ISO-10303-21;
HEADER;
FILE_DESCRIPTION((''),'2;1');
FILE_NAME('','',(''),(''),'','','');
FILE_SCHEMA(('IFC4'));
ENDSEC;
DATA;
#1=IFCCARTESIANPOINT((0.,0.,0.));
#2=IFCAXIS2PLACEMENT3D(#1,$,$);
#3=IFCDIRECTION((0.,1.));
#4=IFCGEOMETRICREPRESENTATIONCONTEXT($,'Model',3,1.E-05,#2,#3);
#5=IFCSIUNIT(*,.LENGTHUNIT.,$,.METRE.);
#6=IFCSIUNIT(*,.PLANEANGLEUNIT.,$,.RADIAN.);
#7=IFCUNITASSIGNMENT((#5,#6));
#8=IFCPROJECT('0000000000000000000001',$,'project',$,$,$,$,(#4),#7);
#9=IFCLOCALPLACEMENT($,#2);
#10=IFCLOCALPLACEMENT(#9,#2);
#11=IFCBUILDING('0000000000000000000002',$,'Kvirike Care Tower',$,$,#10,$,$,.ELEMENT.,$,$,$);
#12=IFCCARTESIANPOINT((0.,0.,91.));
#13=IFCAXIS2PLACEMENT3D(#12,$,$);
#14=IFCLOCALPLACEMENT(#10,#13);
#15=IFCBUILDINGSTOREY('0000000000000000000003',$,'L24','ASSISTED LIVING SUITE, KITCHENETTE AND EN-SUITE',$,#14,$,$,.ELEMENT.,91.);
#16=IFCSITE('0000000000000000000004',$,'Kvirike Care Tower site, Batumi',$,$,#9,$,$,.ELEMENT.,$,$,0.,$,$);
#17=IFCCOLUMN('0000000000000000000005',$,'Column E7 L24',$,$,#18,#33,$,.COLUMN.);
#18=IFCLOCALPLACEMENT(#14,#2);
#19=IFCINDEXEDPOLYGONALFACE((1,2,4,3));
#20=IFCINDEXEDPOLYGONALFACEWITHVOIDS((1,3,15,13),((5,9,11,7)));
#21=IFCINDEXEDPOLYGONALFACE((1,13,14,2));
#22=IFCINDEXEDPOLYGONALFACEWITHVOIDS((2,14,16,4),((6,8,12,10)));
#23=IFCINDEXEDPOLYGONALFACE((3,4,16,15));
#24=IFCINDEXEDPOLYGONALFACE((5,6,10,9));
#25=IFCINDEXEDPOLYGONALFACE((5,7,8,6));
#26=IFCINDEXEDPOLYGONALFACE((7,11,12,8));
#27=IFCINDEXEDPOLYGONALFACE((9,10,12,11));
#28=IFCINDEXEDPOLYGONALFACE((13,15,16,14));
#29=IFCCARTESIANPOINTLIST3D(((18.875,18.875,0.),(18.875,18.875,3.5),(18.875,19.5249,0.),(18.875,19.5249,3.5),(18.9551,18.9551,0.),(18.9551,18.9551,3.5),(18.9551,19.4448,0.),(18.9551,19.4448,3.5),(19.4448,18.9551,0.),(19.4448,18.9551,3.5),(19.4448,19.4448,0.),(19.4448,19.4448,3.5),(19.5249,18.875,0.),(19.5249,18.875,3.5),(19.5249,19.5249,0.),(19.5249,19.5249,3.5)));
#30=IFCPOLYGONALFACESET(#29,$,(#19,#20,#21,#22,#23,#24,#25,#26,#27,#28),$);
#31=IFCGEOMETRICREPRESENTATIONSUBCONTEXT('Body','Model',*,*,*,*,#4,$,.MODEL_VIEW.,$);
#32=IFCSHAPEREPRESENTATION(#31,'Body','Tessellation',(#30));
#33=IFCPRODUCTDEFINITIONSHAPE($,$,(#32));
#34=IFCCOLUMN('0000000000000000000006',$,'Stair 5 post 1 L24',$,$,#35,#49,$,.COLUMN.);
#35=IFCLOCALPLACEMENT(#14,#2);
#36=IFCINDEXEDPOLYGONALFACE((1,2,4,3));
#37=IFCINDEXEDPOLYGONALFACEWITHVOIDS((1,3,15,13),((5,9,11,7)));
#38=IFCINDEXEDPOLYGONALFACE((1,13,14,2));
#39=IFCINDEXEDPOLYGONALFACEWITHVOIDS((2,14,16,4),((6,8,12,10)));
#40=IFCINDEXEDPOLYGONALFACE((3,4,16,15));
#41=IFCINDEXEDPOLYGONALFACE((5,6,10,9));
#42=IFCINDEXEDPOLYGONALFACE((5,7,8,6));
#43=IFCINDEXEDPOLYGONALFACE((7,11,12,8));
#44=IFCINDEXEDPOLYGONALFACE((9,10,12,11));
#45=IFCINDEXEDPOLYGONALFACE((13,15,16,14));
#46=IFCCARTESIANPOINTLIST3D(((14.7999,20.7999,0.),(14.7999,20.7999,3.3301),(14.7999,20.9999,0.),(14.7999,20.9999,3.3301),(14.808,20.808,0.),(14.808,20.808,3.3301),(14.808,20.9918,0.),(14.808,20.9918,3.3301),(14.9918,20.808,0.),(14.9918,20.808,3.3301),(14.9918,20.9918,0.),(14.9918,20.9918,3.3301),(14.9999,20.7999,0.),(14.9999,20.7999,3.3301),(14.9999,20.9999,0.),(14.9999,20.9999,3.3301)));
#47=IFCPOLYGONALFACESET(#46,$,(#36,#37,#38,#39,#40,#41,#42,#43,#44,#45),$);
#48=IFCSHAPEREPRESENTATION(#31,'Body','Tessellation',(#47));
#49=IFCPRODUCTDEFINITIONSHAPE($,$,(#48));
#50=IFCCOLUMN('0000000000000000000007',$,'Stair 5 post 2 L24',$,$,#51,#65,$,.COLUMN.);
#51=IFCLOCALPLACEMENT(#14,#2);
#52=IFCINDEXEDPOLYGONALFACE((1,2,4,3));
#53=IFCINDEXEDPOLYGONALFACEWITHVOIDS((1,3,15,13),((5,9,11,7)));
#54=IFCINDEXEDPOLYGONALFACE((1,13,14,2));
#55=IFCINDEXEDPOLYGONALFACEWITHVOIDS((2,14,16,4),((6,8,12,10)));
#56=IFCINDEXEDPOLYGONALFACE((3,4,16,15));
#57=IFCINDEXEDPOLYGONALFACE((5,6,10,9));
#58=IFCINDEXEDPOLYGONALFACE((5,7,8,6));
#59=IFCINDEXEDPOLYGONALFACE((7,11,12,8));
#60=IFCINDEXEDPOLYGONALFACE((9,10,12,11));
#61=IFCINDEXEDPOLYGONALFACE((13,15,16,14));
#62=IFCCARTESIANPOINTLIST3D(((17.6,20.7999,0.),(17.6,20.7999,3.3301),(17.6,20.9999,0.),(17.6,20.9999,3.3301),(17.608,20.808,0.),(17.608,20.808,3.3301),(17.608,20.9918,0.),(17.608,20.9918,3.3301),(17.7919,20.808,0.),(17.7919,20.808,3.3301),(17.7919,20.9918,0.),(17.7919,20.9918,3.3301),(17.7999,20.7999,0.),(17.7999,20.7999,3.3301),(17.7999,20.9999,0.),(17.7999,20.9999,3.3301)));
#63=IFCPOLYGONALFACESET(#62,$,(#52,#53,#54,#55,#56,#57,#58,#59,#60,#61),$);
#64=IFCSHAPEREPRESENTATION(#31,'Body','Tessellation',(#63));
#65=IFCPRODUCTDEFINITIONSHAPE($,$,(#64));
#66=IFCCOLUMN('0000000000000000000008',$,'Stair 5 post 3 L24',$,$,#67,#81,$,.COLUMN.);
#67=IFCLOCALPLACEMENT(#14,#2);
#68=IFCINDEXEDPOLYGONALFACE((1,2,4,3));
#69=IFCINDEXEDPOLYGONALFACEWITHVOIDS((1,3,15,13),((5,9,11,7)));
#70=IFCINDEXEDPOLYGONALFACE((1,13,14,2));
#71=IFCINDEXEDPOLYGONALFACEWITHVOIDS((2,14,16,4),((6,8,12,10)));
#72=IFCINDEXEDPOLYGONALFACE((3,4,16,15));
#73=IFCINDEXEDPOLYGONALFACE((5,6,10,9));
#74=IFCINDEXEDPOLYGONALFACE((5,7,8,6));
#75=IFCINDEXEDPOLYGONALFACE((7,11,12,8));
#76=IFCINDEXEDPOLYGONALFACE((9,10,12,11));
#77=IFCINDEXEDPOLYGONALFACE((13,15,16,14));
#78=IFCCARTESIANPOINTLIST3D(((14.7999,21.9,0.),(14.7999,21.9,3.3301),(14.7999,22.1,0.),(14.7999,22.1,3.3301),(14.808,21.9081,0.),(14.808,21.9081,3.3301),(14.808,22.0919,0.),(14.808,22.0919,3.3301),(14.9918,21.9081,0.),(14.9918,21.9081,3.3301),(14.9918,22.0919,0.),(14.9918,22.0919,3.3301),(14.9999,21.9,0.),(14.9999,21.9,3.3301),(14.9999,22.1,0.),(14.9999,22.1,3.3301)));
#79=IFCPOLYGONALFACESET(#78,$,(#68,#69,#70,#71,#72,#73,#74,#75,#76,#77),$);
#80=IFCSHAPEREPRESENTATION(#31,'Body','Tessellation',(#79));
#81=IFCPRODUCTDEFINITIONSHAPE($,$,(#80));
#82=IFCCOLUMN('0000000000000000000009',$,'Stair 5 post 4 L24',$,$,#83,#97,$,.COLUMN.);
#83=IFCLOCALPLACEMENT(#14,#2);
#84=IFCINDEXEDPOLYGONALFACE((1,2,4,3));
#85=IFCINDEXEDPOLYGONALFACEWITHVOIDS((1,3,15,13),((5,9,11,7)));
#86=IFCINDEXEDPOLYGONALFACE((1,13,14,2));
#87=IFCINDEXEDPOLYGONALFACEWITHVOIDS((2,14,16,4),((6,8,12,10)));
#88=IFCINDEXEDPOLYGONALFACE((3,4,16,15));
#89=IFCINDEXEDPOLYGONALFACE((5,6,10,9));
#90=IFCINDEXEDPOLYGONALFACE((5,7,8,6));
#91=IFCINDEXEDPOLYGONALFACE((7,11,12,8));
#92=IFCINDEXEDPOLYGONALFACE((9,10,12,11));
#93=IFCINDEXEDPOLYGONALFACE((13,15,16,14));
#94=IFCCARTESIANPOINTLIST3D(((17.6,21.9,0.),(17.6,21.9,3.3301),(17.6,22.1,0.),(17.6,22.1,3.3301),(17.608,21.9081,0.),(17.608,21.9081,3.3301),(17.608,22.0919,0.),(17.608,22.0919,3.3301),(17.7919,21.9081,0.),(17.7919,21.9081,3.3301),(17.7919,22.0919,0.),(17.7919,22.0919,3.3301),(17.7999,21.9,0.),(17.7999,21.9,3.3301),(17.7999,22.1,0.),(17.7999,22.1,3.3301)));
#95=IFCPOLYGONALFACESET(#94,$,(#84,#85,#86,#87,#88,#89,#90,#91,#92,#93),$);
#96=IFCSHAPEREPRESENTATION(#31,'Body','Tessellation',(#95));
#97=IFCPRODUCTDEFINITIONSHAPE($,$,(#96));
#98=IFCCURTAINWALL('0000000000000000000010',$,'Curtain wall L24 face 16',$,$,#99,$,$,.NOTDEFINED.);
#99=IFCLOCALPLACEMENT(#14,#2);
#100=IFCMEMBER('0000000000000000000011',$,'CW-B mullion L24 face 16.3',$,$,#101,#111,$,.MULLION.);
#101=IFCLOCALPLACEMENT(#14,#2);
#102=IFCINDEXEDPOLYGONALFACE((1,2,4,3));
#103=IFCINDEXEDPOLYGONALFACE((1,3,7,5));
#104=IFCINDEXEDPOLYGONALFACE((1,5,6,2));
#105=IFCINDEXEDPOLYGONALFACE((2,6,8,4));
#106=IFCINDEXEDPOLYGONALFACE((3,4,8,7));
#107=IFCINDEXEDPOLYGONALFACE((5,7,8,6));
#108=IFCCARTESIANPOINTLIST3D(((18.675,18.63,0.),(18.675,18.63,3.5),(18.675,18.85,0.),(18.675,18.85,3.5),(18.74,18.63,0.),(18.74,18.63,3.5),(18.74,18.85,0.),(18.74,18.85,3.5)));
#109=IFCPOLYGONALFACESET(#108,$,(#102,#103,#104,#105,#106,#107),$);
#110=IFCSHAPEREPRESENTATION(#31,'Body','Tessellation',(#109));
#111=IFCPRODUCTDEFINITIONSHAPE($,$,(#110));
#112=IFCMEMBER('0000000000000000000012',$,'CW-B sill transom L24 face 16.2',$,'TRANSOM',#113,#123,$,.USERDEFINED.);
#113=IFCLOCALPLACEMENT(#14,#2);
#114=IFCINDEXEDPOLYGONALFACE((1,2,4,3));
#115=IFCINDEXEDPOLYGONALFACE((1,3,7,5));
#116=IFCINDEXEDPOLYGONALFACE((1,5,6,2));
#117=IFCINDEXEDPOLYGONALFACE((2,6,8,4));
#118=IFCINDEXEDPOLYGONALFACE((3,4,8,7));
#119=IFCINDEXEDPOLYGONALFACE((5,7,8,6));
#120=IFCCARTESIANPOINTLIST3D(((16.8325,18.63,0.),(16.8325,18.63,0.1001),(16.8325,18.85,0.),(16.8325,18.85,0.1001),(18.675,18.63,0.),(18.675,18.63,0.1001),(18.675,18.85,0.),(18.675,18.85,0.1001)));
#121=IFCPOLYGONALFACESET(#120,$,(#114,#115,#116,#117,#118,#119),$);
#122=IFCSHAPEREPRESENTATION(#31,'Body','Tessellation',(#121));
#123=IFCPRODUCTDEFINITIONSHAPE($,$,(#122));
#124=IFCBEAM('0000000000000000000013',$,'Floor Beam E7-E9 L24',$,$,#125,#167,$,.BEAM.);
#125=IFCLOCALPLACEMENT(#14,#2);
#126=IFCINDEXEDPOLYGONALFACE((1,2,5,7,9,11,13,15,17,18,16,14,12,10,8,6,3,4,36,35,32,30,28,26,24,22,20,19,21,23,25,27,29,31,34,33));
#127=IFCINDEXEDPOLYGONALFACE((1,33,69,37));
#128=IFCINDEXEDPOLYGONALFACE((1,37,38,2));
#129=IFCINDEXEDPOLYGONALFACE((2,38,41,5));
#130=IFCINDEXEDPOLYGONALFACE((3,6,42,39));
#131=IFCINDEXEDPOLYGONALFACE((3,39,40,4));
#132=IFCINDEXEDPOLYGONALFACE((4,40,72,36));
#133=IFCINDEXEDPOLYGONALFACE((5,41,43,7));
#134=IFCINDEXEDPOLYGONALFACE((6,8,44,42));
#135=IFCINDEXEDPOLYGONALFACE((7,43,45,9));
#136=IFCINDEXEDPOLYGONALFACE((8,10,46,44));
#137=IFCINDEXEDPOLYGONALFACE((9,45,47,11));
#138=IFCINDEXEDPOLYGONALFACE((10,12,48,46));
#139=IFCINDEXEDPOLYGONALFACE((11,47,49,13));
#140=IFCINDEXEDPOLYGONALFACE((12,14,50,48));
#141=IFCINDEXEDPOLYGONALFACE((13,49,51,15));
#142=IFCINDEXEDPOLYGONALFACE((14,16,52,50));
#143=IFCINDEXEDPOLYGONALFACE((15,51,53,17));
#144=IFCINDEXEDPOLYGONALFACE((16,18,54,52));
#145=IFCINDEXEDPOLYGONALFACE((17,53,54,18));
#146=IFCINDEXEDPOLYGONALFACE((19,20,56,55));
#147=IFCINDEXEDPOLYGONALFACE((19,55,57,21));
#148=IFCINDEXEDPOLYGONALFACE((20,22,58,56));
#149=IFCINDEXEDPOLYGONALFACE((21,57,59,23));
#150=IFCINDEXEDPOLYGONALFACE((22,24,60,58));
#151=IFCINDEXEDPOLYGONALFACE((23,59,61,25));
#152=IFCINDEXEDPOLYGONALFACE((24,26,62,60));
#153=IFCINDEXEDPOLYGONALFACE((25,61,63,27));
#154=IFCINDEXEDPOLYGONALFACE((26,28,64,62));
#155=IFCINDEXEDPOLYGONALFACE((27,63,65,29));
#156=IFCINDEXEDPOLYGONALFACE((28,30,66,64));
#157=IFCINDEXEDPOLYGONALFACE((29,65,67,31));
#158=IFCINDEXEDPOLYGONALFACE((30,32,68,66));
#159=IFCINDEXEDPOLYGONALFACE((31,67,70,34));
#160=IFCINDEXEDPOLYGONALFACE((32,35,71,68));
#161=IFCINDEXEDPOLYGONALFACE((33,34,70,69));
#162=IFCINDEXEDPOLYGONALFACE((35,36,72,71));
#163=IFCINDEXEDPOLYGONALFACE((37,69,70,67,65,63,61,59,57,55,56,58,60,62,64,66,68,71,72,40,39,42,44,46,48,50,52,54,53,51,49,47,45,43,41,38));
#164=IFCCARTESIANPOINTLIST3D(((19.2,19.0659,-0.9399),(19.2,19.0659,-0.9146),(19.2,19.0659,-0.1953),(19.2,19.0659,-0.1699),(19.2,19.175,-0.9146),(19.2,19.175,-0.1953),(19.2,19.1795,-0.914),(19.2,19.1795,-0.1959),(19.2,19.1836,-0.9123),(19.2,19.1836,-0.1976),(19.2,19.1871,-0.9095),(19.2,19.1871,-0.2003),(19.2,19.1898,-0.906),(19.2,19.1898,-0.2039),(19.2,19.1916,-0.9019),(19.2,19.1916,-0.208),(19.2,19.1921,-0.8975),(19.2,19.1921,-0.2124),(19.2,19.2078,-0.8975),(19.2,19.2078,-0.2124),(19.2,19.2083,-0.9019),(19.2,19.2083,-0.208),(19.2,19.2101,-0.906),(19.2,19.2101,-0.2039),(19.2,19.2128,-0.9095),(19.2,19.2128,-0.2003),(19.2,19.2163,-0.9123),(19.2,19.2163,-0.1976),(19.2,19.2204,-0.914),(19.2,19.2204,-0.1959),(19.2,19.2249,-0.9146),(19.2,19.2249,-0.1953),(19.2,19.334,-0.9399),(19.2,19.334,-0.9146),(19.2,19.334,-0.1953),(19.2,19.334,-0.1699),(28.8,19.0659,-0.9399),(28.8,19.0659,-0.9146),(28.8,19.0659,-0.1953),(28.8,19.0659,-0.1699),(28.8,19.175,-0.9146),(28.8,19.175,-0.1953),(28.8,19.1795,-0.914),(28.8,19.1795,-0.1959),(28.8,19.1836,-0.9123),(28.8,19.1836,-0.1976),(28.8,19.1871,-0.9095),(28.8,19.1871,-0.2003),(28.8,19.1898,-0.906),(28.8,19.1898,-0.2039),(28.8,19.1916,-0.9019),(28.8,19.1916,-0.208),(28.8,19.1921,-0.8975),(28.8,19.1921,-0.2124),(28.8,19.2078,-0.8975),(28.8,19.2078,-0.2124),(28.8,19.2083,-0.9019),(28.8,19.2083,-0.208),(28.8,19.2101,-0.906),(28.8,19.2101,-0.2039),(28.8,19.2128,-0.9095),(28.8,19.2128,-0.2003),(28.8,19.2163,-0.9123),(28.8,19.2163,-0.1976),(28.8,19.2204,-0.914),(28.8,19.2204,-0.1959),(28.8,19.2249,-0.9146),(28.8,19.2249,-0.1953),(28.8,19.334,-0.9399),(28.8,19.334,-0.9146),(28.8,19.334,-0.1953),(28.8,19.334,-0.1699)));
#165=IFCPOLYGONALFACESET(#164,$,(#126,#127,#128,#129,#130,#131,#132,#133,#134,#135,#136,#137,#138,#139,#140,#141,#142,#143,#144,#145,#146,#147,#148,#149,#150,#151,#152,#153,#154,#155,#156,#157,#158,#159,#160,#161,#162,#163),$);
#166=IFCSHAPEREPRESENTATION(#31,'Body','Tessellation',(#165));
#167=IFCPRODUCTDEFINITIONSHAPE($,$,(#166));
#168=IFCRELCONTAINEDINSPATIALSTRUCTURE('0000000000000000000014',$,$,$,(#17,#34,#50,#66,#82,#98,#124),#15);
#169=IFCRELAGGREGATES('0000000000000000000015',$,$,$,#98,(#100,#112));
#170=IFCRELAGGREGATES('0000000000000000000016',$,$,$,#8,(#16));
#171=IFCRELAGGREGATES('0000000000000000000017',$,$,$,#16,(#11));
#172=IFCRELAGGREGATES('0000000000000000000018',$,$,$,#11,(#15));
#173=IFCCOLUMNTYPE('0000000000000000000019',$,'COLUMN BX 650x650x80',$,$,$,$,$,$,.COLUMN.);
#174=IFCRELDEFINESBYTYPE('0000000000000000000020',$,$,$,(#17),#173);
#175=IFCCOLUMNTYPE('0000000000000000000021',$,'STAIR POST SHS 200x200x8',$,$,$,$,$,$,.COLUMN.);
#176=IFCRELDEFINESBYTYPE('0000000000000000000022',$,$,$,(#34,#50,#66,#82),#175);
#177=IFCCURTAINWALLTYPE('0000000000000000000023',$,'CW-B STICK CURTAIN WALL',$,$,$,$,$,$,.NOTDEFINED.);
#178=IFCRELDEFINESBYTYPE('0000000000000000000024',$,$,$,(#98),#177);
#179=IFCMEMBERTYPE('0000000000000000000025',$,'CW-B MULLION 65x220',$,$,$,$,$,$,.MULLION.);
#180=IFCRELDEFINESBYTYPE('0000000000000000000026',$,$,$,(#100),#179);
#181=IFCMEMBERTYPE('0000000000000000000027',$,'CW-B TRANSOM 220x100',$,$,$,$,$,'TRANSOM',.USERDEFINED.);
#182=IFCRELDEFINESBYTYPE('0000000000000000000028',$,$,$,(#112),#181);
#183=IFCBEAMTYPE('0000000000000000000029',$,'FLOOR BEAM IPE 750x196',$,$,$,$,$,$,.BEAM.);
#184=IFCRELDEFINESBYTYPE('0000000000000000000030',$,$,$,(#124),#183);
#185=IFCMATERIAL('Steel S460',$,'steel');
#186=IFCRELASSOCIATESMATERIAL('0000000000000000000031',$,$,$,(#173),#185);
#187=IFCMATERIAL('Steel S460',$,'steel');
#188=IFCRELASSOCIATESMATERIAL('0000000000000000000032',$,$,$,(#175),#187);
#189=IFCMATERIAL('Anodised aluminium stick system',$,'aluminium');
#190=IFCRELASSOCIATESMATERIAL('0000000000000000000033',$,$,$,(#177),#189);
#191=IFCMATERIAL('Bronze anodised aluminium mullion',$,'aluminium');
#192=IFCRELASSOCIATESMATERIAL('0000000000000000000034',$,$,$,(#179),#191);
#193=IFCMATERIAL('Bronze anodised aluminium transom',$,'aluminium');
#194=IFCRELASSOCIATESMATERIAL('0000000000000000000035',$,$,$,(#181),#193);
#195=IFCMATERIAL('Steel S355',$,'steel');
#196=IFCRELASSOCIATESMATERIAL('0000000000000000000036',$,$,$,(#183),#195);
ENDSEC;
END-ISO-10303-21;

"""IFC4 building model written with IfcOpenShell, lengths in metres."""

from ifc_helpers import new_model, si_unit, direction, frame, origin, origin_2d, place, context, subcontext, project, spatial, rectangle, hollow_rectangle, i_section, extrude, material, material_profile, profile_set, type_object, element, aggregate, save


model = new_model("IFC4")

# Units and contexts
model_context = context("Model", 3, precision=1e-05, world=origin(), true_north=direction((0.0, 1.0)))
body_context = subcontext(model_context, "Body", "Model", "MODEL_VIEW")
ifc_project = project(units=[si_unit("LENGTHUNIT", "METRE"), si_unit("PLANEANGLEUNIT", "RADIAN")], contexts=[model_context])

# Site, building, storey
site_placement = place(None, origin())
site = spatial("IfcSite", under=ifc_project, at=site_placement, Name="Kvirike Care Tower site, Batumi", CompositionType="ELEMENT", RefElevation=0.0)
building_placement = place(site_placement, origin())
building = spatial("IfcBuilding", under=site, at=building_placement, Name="Kvirike Care Tower", CompositionType="ELEMENT")
storey_placement = place(building_placement, frame((0.0, 0.0, 91.0)))
storey = spatial("IfcBuildingStorey", under=building, at=storey_placement, Name="L24", Description="ASSISTED LIVING SUITE, KITCHENETTE AND EN-SUITE", CompositionType="ELEMENT", Elevation=91.0)

# Columns
ifc_material_1 = material(Name="Steel S460", Category="steel")
ifc_material_profile_1 = material_profile(ifc_material_1, hollow_rectangle(XDim=0.6499, YDim=0.6499, WallThickness=0.0801, at=origin_2d()), Name="BX 650x650x80")
ifc_profile_set_1 = profile_set([ifc_material_profile_1], Name="Steel S460")
column_type_1 = type_object("IfcColumnType", Name="COLUMN BX 650x650x80", PredefinedType="COLUMN", material=ifc_profile_set_1)
column_placement = place(storey_placement, frame((19.2, 19.2, 0.0), z_axis=(0.0, 0.0, 1.0), x_axis=(0.0, 1.0, 0.0)))
element("IfcColumn", 1, at=column_placement, inside=storey, type_object=column_type_1, Name="Column E7 L24", PredefinedType="COLUMN", context=body_context, shape_type="SweptSolid", body=[
    extrude(hollow_rectangle(XDim=0.6499, YDim=0.6499, WallThickness=0.0801, at=origin_2d()), origin(), (0.0, 0.0, 1.0), 3.5),
])
ifc_material_2 = material(Name="Steel S460", Category="steel")
ifc_material_profile_2 = material_profile(ifc_material_2, hollow_rectangle(XDim=0.2, YDim=0.2, WallThickness=0.0081, at=origin_2d()), Name="SHS 200x200x8")
ifc_profile_set_2 = profile_set([ifc_material_profile_2], Name="Steel S460")
column_type_2 = type_object("IfcColumnType", Name="STAIR POST SHS 200x200x8", PredefinedType="COLUMN", material=ifc_profile_set_2)
for number, where, z_axis, x_axis, name in (
    (2, (14.8999, 20.8999, 0.0), (0.0, 0.0, 1.0), (1.0, 0.0, 0.0), "Stair 5 post 1 L24"),
    (3, (17.7, 20.8999, 0.0), (0.0, 0.0, 1.0), (1.0, 0.0, 0.0), "Stair 5 post 2 L24"),
    (4, (14.8999, 22.0, 0.0), (0.0, 0.0, 1.0), (1.0, 0.0, 0.0), "Stair 5 post 3 L24"),
    (5, (17.7, 22.0, 0.0), (0.0, 0.0, 1.0), (1.0, 0.0, 0.0), "Stair 5 post 4 L24"),
):
    element("IfcColumn", number, at=place(storey_placement, frame(where, z_axis=z_axis, x_axis=x_axis)), inside=storey, type_object=column_type_2, Name=name, PredefinedType="COLUMN", context=body_context, shape_type="SweptSolid", body=[
        extrude(hollow_rectangle(XDim=0.2, YDim=0.2, WallThickness=0.0081, at=origin_2d()), origin(), (0.0, 0.0, 1.0), 3.3301),
    ])

# Curtain wall, members
ifc_material_3 = material(Name="Anodised aluminium stick system", Category="aluminium")
curtain_wall_type = type_object("IfcCurtainWallType", Name="CW-B STICK CURTAIN WALL", PredefinedType="NOTDEFINED", material=ifc_material_3)
curtain_wall_placement = place(storey_placement, origin())
curtain_wall = element("IfcCurtainWall", 6, at=curtain_wall_placement, inside=storey, type_object=curtain_wall_type, Name="Curtain wall L24 face 16", PredefinedType="NOTDEFINED")
ifc_material_4 = material(Name="Bronze anodised aluminium mullion", Category="aluminium")
ifc_material_profile_3 = material_profile(ifc_material_4, rectangle(XDim=0.0649, YDim=0.22, at=origin_2d()), Name="CW-B MULLION 65x220")
ifc_profile_set_3 = profile_set([ifc_material_profile_3], Name="Bronze anodised aluminium mullion")
member_type_1 = type_object("IfcMemberType", Name="CW-B MULLION 65x220", PredefinedType="MULLION", material=ifc_profile_set_3)
member_1_placement = place(storey_placement, frame((18.7075, 18.74, 0.0), z_axis=(0.0, 0.0, 1.0), x_axis=(1.0, 0.0, 0.0)))
member_1 = element("IfcMember", 7, at=member_1_placement, type_object=member_type_1, Name="CW-B mullion L24 face 16.3", PredefinedType="MULLION", context=body_context, shape_type="SweptSolid", body=[
    extrude(rectangle(XDim=0.0649, YDim=0.22, at=origin_2d()), origin(), (0.0, 0.0, 1.0), 3.5),
])
ifc_material_5 = material(Name="Bronze anodised aluminium transom", Category="aluminium")
ifc_material_profile_4 = material_profile(ifc_material_5, rectangle(XDim=0.22, YDim=0.1001, at=origin_2d()), Name="CW-B TRANSOM 220x100")
ifc_profile_set_4 = profile_set([ifc_material_profile_4], Name="Bronze anodised aluminium transom")
member_type_2 = type_object("IfcMemberType", Name="CW-B TRANSOM 220x100", ElementType="TRANSOM", PredefinedType="USERDEFINED", material=ifc_profile_set_4)
member_2_placement = place(storey_placement, frame((16.8325, 18.74, 0.05), z_axis=(1.0, 0.0, 0.0), x_axis=(0.0, 1.0, 0.0)))
member_2 = element("IfcMember", 8, at=member_2_placement, type_object=member_type_2, Name="CW-B sill transom L24 face 16.2", ObjectType="TRANSOM", PredefinedType="USERDEFINED", context=body_context, shape_type="SweptSolid", body=[
    extrude(rectangle(XDim=0.22, YDim=0.1001, at=origin_2d()), origin(), (0.0, 0.0, 1.0), 1.8425),
])

# Beam
ifc_material_6 = material(Name="Steel S355", Category="steel")
ifc_material_profile_5 = material_profile(ifc_material_6, i_section(OverallWidth=0.2681, OverallDepth=0.77, WebThickness=0.0156, FlangeThickness=0.0254, FilletRadius=0.0171, at=origin_2d()), Name="IPE 750x196")
ifc_profile_set_5 = profile_set([ifc_material_profile_5], Name="Steel S355")
beam_type_1 = type_object("IfcBeamType", Name="FLOOR BEAM IPE 750x196", PredefinedType="BEAM", material=ifc_profile_set_5)
for number, where, z_axis, x_axis, name in (
    (9, (19.2, 19.2, -0.5549), (1.0, 0.0, 0.0), (0.0, 1.0, 0.0), "Floor Beam E7-E9 L24"),
):
    element("IfcBeam", number, at=place(storey_placement, frame(where, z_axis=z_axis, x_axis=x_axis)), inside=storey, type_object=beam_type_1, Name=name, PredefinedType="BEAM", context=body_context, shape_type="SweptSolid", body=[
        extrude(i_section(OverallWidth=0.2681, OverallDepth=0.77, WebThickness=0.0156, FlangeThickness=0.0254, FilletRadius=0.0171, at=origin_2d()), origin(), (0.0, 0.0, 1.0), 9.6001),
    ])

aggregate(curtain_wall, [member_1, member_2])

save(model, "model.ifc")
